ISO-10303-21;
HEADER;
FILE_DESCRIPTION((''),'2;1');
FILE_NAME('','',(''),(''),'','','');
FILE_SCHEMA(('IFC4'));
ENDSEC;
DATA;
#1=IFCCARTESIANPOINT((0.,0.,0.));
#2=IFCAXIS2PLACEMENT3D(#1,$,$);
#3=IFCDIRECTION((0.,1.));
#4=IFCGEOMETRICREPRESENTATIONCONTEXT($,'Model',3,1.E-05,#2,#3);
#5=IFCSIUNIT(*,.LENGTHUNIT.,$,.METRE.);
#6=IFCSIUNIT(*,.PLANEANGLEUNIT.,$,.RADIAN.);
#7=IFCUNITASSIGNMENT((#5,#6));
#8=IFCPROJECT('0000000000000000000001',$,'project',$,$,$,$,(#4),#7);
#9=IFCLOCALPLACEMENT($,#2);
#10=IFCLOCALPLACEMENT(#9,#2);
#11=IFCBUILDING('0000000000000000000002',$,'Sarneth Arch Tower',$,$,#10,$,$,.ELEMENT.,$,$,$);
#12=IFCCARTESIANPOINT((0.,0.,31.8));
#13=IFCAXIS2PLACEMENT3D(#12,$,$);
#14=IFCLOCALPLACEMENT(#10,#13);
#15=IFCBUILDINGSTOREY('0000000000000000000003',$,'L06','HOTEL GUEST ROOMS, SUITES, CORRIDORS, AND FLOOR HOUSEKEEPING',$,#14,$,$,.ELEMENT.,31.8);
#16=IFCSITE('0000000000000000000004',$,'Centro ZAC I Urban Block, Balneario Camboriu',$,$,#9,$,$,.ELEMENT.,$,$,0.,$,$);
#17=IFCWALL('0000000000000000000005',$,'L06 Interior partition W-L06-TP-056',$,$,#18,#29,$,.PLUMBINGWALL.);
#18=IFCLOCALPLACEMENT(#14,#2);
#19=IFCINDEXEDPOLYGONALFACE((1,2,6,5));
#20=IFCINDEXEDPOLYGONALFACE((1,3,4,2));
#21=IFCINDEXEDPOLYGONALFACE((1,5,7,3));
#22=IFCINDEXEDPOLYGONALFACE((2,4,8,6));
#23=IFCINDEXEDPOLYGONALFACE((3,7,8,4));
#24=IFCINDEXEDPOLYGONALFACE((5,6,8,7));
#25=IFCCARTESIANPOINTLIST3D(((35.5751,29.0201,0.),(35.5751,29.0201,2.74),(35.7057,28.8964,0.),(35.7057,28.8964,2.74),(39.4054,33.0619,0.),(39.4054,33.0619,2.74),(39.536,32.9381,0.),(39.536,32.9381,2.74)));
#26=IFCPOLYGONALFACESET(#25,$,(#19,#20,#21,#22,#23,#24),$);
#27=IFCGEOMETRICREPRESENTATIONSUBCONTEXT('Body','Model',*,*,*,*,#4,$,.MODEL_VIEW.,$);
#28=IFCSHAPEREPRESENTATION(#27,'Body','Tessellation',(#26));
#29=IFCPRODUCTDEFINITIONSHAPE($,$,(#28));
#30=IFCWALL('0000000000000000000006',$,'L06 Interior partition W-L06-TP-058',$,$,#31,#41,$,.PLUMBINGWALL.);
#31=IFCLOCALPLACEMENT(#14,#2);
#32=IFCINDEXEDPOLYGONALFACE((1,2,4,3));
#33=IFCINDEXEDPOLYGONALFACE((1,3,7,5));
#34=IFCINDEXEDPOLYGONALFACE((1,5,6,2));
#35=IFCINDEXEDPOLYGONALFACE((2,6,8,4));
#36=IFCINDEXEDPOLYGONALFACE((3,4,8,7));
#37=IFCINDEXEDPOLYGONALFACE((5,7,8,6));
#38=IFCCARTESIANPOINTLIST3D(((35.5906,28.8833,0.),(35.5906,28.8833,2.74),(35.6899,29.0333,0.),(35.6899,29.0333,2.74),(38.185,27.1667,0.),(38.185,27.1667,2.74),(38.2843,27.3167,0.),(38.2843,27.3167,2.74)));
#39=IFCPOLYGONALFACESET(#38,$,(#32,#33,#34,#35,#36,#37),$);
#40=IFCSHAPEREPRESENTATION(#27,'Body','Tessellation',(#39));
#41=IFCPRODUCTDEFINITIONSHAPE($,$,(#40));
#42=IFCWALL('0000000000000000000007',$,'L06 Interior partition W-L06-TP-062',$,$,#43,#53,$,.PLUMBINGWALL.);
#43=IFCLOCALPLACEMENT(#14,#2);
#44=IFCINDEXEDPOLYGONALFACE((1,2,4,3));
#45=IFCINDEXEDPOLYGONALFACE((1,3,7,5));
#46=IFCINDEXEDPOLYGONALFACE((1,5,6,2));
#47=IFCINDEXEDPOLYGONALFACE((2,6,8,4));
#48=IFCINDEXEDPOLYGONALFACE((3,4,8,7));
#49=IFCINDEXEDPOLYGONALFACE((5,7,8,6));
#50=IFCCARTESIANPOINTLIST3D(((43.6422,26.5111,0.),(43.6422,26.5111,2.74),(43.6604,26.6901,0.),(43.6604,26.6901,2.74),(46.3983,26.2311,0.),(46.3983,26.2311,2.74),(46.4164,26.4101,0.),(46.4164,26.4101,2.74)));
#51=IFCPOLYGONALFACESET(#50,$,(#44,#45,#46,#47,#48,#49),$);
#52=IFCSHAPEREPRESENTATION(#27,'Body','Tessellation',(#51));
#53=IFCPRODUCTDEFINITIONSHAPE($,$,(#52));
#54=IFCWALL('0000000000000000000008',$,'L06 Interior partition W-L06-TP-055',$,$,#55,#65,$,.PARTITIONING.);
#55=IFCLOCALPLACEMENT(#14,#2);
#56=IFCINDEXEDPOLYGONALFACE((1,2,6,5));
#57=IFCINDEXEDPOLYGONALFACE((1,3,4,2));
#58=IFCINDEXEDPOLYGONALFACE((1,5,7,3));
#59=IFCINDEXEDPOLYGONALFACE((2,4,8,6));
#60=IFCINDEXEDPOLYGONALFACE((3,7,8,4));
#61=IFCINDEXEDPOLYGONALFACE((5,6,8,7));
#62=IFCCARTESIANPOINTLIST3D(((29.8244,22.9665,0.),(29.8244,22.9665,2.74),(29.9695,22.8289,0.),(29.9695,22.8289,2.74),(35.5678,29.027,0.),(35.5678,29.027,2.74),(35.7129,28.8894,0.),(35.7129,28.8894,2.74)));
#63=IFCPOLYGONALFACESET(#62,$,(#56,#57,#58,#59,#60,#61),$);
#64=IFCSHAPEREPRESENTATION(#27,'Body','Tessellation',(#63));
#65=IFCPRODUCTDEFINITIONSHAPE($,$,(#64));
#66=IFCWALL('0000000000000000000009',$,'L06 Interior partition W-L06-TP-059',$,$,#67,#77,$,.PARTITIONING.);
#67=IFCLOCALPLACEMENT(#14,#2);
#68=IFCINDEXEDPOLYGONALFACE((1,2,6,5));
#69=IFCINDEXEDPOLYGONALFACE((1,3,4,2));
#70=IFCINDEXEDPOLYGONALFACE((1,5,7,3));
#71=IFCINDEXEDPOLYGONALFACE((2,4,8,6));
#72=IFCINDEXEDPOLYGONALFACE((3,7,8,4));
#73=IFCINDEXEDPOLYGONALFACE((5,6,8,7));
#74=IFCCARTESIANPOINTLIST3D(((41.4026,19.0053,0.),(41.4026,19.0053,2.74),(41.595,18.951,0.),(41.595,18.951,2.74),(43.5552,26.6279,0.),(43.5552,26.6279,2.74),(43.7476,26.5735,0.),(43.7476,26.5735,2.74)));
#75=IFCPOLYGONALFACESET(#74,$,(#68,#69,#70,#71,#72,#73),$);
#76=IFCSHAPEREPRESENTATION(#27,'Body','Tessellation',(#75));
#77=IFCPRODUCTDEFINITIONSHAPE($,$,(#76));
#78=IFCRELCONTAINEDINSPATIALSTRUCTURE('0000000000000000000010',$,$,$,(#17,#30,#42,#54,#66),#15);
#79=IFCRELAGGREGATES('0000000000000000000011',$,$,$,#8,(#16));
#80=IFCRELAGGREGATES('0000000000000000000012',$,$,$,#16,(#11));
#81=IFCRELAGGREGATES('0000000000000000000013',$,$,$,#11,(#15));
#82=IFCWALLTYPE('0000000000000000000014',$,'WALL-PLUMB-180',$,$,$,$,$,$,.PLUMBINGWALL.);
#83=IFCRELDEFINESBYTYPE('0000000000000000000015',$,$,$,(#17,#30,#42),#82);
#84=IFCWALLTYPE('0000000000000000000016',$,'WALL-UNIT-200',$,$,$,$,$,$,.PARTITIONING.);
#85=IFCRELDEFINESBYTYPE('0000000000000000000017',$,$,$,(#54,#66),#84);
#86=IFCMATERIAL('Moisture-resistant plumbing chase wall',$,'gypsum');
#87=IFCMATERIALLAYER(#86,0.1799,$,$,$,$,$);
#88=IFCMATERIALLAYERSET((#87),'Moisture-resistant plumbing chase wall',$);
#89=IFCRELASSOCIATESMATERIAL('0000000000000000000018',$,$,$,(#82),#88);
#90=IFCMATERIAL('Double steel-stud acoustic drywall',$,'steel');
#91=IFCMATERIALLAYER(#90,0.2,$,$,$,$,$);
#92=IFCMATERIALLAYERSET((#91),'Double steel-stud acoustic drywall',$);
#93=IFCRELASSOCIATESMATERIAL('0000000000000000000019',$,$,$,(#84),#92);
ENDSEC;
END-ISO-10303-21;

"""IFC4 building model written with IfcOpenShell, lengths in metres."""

from ifc_helpers import new_model, si_unit, direction, frame, frame_2d, origin, place, context, subcontext, project, spatial, rectangle, extrude, material, layer, layer_set, type_object, element, save


model = new_model("IFC4")

# Units and contexts
model_context = context("Model", 3, precision=1e-05, world=origin(), true_north=direction((0.0, 1.0)))
body_context = subcontext(model_context, "Body", "Model", "MODEL_VIEW")
ifc_project = project(units=[si_unit("LENGTHUNIT", "METRE"), si_unit("PLANEANGLEUNIT", "RADIAN")], contexts=[model_context])

# Site, building, storey
site_placement = place(None, origin())
site = spatial("IfcSite", under=ifc_project, at=site_placement, Name="Centro ZAC I Urban Block, Balneario Camboriu", CompositionType="ELEMENT", RefElevation=0.0)
building_placement = place(site_placement, origin())
building = spatial("IfcBuilding", under=site, at=building_placement, Name="Sarneth Arch Tower", CompositionType="ELEMENT")
storey_placement = place(building_placement, frame((0.0, 0.0, 31.8)))
storey = spatial("IfcBuildingStorey", under=building, at=storey_placement, Name="L06", Description="HOTEL GUEST ROOMS, SUITES, CORRIDORS, AND FLOOR HOUSEKEEPING", CompositionType="ELEMENT", Elevation=31.8)

# Shared definitions
ifc_material_1 = material(Name="Moisture-resistant plumbing chase wall", Category="gypsum")
ifc_layer_1 = layer(ifc_material_1, 0.1799)
ifc_layer_set_1 = layer_set([ifc_layer_1], Name="Moisture-resistant plumbing chase wall")
wall_type_1 = type_object("IfcWallType", Name="WALL-PLUMB-180", PredefinedType="PLUMBINGWALL", material=ifc_layer_set_1)

# Walls
wall_1_placement = place(storey_placement, frame((35.6404, 28.9583, 0.0), z_axis=(0.0, 0.0, 1.0), x_axis=(0.687867, 0.725836, 0.0)))
element("IfcWall", 1, at=wall_1_placement, inside=storey, type_object=wall_type_1, Name="L06 Interior partition W-L06-TP-056", PredefinedType="PLUMBINGWALL", context=body_context, shape_type="SweptSolid", body=[
    extrude(rectangle(XDim=5.5684, YDim=0.1799, at=frame_2d((2.7842, 0.0))), origin(), (0.0, 0.0, 1.0), 2.74),
])
wall_2_placement = place(storey_placement, frame((38.2346, 27.2417, 0.0), z_axis=(0.0, 0.0, 1.0), x_axis=(-0.833965, 0.551817, 0.0)))
element("IfcWall", 2, at=wall_2_placement, inside=storey, type_object=wall_type_1, Name="L06 Interior partition W-L06-TP-058", PredefinedType="PLUMBINGWALL", context=body_context, shape_type="SweptSolid", body=[
    extrude(rectangle(XDim=3.1108, YDim=0.1799, at=frame_2d((1.5554, 0.0))), origin(), (0.0, 0.0, 1.0), 2.74),
])
wall_3_placement = place(storey_placement, frame((46.4075, 26.3206, 0.0), z_axis=(0.0, 0.0, 1.0), x_axis=(-0.994878, 0.101083, 0.0)))
element("IfcWall", 3, at=wall_3_placement, inside=storey, type_object=wall_type_1, Name="L06 Interior partition W-L06-TP-062", PredefinedType="PLUMBINGWALL", context=body_context, shape_type="SweptSolid", body=[
    extrude(rectangle(XDim=2.7703, YDim=0.1799, at=frame_2d((1.3853, 0.0))), origin(), (0.0, 0.0, 1.0), 2.74),
])
ifc_material_2 = material(Name="Double steel-stud acoustic drywall", Category="steel")
ifc_layer_2 = layer(ifc_material_2, 0.2)
ifc_layer_set_2 = layer_set([ifc_layer_2], Name="Double steel-stud acoustic drywall")
wall_type_2 = type_object("IfcWallType", Name="WALL-UNIT-200", PredefinedType="PARTITIONING", material=ifc_layer_set_2)
wall_4_placement = place(storey_placement, frame((29.897, 22.8977, 0.0), z_axis=(0.0, 0.0, 1.0), x_axis=(0.687861, 0.725843, 0.0)))
element("IfcWall", 4, at=wall_4_placement, inside=storey, type_object=wall_type_2, Name="L06 Interior partition W-L06-TP-055", PredefinedType="PARTITIONING", context=body_context, shape_type="SweptSolid", body=[
    extrude(rectangle(XDim=8.3496, YDim=0.2, at=frame_2d((4.1748, 0.0))), origin(), (0.0, 0.0, 1.0), 2.74),
])
wall_5_placement = place(storey_placement, frame((41.4988, 18.978, 0.0), z_axis=(0.0, 0.0, 1.0), x_axis=(0.271768, 0.962363, 0.0)))
element("IfcWall", 5, at=wall_5_placement, inside=storey, type_object=wall_type_2, Name="L06 Interior partition W-L06-TP-059", PredefinedType="PARTITIONING", context=body_context, shape_type="SweptSolid", body=[
    extrude(rectangle(XDim=7.9207, YDim=0.2, at=frame_2d((3.9604, 0.0))), origin(), (0.0, 0.0, 1.0), 2.74),
])

save(model, "model.ifc")
